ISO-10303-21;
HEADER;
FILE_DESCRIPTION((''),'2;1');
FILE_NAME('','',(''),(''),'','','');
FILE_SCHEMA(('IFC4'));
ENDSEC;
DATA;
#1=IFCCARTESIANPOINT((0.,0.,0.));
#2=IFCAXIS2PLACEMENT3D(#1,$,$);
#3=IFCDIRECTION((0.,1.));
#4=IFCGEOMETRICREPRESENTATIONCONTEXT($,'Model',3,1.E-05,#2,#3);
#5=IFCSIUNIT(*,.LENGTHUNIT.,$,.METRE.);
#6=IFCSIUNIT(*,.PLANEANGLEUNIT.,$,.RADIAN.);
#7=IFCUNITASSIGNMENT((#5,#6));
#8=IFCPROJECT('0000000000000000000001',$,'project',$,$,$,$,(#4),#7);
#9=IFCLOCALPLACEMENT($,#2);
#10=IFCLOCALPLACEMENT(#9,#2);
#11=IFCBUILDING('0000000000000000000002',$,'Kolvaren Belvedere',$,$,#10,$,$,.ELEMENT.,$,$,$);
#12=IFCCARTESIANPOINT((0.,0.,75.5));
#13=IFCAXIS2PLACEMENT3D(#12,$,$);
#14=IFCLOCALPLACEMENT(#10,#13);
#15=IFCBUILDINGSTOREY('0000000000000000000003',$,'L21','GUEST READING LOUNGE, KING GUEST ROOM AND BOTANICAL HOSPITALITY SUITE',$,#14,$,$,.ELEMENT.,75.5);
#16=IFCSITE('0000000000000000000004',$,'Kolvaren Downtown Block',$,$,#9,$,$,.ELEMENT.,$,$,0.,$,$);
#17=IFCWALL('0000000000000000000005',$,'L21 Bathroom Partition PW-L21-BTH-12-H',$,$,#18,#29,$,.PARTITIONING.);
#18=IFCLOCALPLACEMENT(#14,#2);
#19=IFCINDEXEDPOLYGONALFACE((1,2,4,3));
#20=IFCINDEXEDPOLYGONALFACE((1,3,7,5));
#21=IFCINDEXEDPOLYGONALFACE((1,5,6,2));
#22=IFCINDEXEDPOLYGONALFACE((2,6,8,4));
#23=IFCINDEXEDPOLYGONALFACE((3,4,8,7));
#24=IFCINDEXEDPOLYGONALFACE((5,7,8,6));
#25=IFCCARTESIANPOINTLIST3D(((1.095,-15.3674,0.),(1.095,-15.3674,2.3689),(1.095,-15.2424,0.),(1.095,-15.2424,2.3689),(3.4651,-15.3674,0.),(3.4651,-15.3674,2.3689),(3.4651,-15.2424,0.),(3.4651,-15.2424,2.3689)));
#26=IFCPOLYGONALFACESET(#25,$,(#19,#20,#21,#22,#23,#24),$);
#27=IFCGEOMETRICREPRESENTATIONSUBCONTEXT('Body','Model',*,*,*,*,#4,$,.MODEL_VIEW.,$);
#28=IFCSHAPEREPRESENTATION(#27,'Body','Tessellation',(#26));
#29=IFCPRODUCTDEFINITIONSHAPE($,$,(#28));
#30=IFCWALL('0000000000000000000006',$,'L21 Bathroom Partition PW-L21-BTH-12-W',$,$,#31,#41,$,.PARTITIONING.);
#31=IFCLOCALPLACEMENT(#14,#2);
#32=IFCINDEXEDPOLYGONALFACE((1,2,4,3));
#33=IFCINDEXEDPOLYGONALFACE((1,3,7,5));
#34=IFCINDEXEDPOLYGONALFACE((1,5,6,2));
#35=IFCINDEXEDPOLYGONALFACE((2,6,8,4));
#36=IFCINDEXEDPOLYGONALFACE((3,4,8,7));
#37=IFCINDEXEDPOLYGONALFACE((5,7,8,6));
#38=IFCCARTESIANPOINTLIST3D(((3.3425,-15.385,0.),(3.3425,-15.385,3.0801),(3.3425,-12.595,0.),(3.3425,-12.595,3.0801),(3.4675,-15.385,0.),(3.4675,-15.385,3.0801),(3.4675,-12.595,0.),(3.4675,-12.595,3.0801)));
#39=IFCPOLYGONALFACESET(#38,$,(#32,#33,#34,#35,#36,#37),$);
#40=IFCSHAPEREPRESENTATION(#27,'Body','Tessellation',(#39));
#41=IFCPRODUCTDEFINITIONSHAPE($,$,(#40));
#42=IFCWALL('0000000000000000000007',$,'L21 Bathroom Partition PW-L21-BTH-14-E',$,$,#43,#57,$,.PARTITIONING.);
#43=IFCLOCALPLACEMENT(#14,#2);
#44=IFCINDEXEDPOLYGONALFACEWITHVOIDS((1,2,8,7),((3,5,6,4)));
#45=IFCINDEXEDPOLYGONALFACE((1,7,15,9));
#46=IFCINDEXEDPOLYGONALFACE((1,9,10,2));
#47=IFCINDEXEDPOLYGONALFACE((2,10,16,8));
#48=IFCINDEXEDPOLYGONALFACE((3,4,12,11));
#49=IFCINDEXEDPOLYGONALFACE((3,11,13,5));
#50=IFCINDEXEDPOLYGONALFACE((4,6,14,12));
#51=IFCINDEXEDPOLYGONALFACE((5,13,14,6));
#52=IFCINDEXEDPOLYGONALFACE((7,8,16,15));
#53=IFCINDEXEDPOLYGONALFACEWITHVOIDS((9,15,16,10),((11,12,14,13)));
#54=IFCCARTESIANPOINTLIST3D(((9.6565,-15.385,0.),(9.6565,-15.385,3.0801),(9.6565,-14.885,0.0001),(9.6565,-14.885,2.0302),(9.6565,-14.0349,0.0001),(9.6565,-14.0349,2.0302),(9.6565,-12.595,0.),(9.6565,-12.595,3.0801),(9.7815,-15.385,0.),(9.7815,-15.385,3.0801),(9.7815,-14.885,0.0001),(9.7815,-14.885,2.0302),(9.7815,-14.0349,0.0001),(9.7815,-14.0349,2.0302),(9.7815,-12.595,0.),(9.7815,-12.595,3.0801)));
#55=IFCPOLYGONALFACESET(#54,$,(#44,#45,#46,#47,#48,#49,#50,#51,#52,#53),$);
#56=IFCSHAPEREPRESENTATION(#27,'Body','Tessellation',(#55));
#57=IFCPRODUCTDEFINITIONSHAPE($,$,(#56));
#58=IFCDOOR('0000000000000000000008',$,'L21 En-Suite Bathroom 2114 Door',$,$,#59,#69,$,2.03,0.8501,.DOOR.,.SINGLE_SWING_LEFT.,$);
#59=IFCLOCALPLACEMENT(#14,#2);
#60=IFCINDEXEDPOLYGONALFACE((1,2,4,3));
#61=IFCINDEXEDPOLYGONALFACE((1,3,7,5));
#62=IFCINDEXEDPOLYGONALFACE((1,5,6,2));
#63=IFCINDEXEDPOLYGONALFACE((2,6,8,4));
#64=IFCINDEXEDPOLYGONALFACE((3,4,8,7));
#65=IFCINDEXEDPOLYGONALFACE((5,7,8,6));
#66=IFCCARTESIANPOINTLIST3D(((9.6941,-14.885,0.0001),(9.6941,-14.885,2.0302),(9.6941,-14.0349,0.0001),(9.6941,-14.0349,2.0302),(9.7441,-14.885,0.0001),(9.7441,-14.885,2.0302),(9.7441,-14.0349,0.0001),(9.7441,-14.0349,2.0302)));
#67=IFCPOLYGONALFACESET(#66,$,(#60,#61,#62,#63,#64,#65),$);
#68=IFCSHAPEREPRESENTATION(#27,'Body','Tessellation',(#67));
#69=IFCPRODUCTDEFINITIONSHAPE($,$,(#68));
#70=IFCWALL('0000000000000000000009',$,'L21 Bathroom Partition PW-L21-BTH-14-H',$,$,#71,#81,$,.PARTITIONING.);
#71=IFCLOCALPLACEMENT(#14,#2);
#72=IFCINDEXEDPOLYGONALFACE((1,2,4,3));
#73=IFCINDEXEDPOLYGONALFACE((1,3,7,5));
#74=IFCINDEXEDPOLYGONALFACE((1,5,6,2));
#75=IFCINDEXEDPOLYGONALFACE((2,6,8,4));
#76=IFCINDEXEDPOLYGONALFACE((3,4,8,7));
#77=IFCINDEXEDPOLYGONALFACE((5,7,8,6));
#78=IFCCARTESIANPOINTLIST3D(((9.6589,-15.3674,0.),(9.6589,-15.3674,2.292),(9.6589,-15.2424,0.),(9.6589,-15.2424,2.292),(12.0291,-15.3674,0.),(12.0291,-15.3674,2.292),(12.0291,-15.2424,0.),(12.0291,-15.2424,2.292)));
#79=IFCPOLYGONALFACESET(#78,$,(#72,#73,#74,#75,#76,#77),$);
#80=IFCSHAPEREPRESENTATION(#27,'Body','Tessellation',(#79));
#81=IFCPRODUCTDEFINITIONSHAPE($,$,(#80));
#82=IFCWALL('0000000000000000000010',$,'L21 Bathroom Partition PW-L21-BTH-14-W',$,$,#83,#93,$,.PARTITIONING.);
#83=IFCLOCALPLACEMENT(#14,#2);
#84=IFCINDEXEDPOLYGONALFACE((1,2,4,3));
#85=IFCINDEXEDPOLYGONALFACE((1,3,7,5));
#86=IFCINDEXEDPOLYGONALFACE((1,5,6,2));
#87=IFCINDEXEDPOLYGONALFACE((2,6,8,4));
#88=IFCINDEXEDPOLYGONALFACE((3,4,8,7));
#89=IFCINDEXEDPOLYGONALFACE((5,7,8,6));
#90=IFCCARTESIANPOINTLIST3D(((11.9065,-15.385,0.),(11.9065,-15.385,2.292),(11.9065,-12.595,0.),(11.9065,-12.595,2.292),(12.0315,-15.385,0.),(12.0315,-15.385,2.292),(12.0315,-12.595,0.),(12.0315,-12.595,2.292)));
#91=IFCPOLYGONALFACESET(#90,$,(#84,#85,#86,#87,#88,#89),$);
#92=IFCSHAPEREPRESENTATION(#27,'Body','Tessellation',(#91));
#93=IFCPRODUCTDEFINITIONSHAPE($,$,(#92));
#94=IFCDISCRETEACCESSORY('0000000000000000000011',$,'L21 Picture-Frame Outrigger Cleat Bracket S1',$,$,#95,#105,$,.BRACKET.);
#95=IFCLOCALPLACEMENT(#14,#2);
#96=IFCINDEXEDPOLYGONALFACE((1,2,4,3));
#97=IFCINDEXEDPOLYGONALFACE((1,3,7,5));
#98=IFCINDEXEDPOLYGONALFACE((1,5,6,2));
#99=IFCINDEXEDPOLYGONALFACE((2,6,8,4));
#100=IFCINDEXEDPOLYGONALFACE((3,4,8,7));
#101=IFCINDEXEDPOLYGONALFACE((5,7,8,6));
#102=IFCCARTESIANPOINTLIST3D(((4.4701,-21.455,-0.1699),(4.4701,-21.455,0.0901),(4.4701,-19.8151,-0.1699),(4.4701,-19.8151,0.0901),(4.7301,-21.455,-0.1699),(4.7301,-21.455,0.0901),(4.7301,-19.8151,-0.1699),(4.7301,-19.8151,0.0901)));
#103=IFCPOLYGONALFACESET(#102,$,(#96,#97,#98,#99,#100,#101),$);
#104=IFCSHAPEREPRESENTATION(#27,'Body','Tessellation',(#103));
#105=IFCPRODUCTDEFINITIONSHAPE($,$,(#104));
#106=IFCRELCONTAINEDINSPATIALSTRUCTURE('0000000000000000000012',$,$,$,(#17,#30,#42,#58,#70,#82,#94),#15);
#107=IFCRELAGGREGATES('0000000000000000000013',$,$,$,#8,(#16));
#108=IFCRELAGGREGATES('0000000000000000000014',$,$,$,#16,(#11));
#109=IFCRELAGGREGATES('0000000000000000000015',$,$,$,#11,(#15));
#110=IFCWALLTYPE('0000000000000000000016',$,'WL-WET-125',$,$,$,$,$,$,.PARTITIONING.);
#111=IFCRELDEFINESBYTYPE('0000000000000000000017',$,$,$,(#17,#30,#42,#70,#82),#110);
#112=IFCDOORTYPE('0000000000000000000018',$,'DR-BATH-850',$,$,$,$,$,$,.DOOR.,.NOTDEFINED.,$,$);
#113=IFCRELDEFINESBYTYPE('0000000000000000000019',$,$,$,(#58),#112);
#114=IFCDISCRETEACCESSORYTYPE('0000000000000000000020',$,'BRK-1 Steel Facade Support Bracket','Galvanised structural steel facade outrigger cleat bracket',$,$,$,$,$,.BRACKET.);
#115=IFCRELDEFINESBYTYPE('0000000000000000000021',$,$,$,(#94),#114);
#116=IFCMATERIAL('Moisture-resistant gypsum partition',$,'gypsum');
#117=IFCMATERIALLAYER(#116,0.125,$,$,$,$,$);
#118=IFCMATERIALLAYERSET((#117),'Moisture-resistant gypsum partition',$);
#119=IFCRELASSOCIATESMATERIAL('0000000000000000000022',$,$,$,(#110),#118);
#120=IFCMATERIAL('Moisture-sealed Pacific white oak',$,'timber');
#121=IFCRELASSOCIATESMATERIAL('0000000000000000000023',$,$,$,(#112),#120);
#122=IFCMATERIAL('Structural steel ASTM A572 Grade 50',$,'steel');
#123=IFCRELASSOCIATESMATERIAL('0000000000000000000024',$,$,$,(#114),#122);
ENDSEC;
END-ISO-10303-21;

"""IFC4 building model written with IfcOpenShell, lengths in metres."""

from ifc_helpers import new_model, si_unit, direction, frame, frame_2d, origin, origin_2d, place, context, subcontext, project, spatial, rectangle, extrude, material, layer, layer_set, type_object, element, fill, save


model = new_model("IFC4")

# Units and contexts
model_context = context("Model", 3, precision=1e-05, world=origin(), true_north=direction((0.0, 1.0)))
body_context = subcontext(model_context, "Body", "Model", "MODEL_VIEW")
ifc_project = project(units=[si_unit("LENGTHUNIT", "METRE"), si_unit("PLANEANGLEUNIT", "RADIAN")], contexts=[model_context])

# Site, building, storey
site_placement = place(None, origin())
site = spatial("IfcSite", under=ifc_project, at=site_placement, Name="Kolvaren Downtown Block", CompositionType="ELEMENT", RefElevation=0.0)
building_placement = place(site_placement, origin())
building = spatial("IfcBuilding", under=site, at=building_placement, Name="Kolvaren Belvedere", CompositionType="ELEMENT")
storey_placement = place(building_placement, frame((0.0, 0.0, 75.5)))
storey = spatial("IfcBuildingStorey", under=building, at=storey_placement, Name="L21", Description="GUEST READING LOUNGE, KING GUEST ROOM AND BOTANICAL HOSPITALITY SUITE", CompositionType="ELEMENT", Elevation=75.5)

# Shared definitions
ifc_material_1 = material(Name="Moisture-resistant gypsum partition", Category="gypsum")
ifc_layer_1 = layer(ifc_material_1, 0.125)
ifc_layer_set_1 = layer_set([ifc_layer_1], Name="Moisture-resistant gypsum partition")
wall_type_1 = type_object("IfcWallType", Name="WL-WET-125", PredefinedType="PARTITIONING", material=ifc_layer_set_1)

# Shared definitions
ifc_material_2 = material(Name="Moisture-sealed Pacific white oak", Category="timber")
door_type_1 = type_object("IfcDoorType", Name="DR-BATH-850", OperationType="NOTDEFINED", PredefinedType="DOOR", material=ifc_material_2)

# Walls
wall_1_placement = place(storey_placement, frame((1.095, -15.3049, 0.0), z_axis=(0.0, 0.0, 1.0), x_axis=(1.0, 0.0, 0.0)))
element("IfcWall", 1, at=wall_1_placement, inside=storey, type_object=wall_type_1, Name="L21 Bathroom Partition PW-L21-BTH-12-H", PredefinedType="PARTITIONING", context=body_context, shape_type="SweptSolid", body=[
    extrude(rectangle(XDim=2.3701, YDim=0.125, at=frame_2d((1.1851, 0.0))), origin(), (0.0, 0.0, 1.0), 2.3689),
])
wall_2_placement = place(storey_placement, frame((3.405, -15.385, 0.0), z_axis=(0.0, 0.0, 1.0), x_axis=(0.0, 1.0, 0.0)))
element("IfcWall", 2, at=wall_2_placement, inside=storey, type_object=wall_type_1, Name="L21 Bathroom Partition PW-L21-BTH-12-W", PredefinedType="PARTITIONING", context=body_context, shape_type="SweptSolid", body=[
    extrude(rectangle(XDim=2.79, YDim=0.125, at=frame_2d((1.395, 0.0))), origin(), (0.0, 0.0, 1.0), 3.0801),
])

# Wall, opening, door
wall_3_placement = place(storey_placement, frame((9.719, -15.385, 0.0), z_axis=(0.0, 0.0, 1.0), x_axis=(0.0, 1.0, 0.0)))
wall_3 = element("IfcWall", 3, at=wall_3_placement, inside=storey, type_object=wall_type_1, Name="L21 Bathroom Partition PW-L21-BTH-14-E", PredefinedType="PARTITIONING", context=body_context, shape_type="SweptSolid", body=[
    extrude(rectangle(XDim=2.79, YDim=0.125, at=frame_2d((1.395, 0.0))), origin(), (0.0, 0.0, 1.0), 3.0801),
])
opening_1_placement = place(wall_3_placement, frame((0.5, 0.0, 0.0)))
opening_1 = element("IfcOpeningElement", 4, at=opening_1_placement, cuts=wall_3, PredefinedType="OPENING", context=body_context, shape_type="SweptSolid", body=[
    extrude(rectangle(XDim=0.8501, YDim=2.03, at=frame_2d((0.425, 1.0151))), frame((0.0, 0.0725, 0.0), z_axis=(0.0, -1.0, 0.0), x_axis=(1.0, 0.0, 0.0)), (0.0, 0.0, 1.0), 0.145),
])
door_1_placement = place(opening_1_placement, origin())
door_1 = element("IfcDoor", 5, at=door_1_placement, inside=storey, type_object=door_type_1, Name="L21 En-Suite Bathroom 2114 Door", OperationType="SINGLE_SWING_LEFT", OverallHeight=2.03, OverallWidth=0.8501, PredefinedType="DOOR", context=body_context, shape_type="SweptSolid", body=[
    extrude(rectangle(XDim=0.8501, YDim=2.03, at=frame_2d((0.425, 1.0151))), frame((0.0, 0.0249, 0.0), z_axis=(0.0, -1.0, 0.0), x_axis=(1.0, 0.0, 0.0)), (0.0, 0.0, 1.0), 0.05),
])
fill(opening_1, door_1)

# Walls
wall_4_placement = place(storey_placement, frame((9.6589, -15.3049, 0.0), z_axis=(0.0, 0.0, 1.0), x_axis=(1.0, 0.0, 0.0)))
element("IfcWall", 6, at=wall_4_placement, inside=storey, type_object=wall_type_1, Name="L21 Bathroom Partition PW-L21-BTH-14-H", PredefinedType="PARTITIONING", context=body_context, shape_type="SweptSolid", body=[
    extrude(rectangle(XDim=2.3701, YDim=0.125, at=frame_2d((1.1851, 0.0))), origin(), (0.0, 0.0, 1.0), 2.292),
])
wall_5_placement = place(storey_placement, frame((11.969, -15.385, 0.0), z_axis=(0.0, 0.0, 1.0), x_axis=(0.0, 1.0, 0.0)))
element("IfcWall", 7, at=wall_5_placement, inside=storey, type_object=wall_type_1, Name="L21 Bathroom Partition PW-L21-BTH-14-W", PredefinedType="PARTITIONING", context=body_context, shape_type="SweptSolid", body=[
    extrude(rectangle(XDim=2.79, YDim=0.125, at=frame_2d((1.395, 0.0))), origin(), (0.0, 0.0, 1.0), 2.292),
])

# Discrete accessory
ifc_material_3 = material(Name="Structural steel ASTM A572 Grade 50", Category="steel")
discrete_accessory_type = type_object("IfcDiscreteAccessoryType", Name="BRK-1 Steel Facade Support Bracket", Description="Galvanised structural steel facade outrigger cleat bracket", PredefinedType="BRACKET", material=ifc_material_3)
discrete_accessory_placement = place(storey_placement, frame((4.6001, -20.635, -0.1699), z_axis=(0.0, 0.0, 1.0), x_axis=(0.0, 1.0, 0.0)))
element("IfcDiscreteAccessory", 8, at=discrete_accessory_placement, inside=storey, type_object=discrete_accessory_type, Name="L21 Picture-Frame Outrigger Cleat Bracket S1", PredefinedType="BRACKET", context=body_context, shape_type="SweptSolid", body=[
    extrude(rectangle(XDim=1.6399, YDim=0.26, at=origin_2d()), origin(), (0.0, 0.0, 1.0), 0.26),
])

save(model, "model.ifc")
